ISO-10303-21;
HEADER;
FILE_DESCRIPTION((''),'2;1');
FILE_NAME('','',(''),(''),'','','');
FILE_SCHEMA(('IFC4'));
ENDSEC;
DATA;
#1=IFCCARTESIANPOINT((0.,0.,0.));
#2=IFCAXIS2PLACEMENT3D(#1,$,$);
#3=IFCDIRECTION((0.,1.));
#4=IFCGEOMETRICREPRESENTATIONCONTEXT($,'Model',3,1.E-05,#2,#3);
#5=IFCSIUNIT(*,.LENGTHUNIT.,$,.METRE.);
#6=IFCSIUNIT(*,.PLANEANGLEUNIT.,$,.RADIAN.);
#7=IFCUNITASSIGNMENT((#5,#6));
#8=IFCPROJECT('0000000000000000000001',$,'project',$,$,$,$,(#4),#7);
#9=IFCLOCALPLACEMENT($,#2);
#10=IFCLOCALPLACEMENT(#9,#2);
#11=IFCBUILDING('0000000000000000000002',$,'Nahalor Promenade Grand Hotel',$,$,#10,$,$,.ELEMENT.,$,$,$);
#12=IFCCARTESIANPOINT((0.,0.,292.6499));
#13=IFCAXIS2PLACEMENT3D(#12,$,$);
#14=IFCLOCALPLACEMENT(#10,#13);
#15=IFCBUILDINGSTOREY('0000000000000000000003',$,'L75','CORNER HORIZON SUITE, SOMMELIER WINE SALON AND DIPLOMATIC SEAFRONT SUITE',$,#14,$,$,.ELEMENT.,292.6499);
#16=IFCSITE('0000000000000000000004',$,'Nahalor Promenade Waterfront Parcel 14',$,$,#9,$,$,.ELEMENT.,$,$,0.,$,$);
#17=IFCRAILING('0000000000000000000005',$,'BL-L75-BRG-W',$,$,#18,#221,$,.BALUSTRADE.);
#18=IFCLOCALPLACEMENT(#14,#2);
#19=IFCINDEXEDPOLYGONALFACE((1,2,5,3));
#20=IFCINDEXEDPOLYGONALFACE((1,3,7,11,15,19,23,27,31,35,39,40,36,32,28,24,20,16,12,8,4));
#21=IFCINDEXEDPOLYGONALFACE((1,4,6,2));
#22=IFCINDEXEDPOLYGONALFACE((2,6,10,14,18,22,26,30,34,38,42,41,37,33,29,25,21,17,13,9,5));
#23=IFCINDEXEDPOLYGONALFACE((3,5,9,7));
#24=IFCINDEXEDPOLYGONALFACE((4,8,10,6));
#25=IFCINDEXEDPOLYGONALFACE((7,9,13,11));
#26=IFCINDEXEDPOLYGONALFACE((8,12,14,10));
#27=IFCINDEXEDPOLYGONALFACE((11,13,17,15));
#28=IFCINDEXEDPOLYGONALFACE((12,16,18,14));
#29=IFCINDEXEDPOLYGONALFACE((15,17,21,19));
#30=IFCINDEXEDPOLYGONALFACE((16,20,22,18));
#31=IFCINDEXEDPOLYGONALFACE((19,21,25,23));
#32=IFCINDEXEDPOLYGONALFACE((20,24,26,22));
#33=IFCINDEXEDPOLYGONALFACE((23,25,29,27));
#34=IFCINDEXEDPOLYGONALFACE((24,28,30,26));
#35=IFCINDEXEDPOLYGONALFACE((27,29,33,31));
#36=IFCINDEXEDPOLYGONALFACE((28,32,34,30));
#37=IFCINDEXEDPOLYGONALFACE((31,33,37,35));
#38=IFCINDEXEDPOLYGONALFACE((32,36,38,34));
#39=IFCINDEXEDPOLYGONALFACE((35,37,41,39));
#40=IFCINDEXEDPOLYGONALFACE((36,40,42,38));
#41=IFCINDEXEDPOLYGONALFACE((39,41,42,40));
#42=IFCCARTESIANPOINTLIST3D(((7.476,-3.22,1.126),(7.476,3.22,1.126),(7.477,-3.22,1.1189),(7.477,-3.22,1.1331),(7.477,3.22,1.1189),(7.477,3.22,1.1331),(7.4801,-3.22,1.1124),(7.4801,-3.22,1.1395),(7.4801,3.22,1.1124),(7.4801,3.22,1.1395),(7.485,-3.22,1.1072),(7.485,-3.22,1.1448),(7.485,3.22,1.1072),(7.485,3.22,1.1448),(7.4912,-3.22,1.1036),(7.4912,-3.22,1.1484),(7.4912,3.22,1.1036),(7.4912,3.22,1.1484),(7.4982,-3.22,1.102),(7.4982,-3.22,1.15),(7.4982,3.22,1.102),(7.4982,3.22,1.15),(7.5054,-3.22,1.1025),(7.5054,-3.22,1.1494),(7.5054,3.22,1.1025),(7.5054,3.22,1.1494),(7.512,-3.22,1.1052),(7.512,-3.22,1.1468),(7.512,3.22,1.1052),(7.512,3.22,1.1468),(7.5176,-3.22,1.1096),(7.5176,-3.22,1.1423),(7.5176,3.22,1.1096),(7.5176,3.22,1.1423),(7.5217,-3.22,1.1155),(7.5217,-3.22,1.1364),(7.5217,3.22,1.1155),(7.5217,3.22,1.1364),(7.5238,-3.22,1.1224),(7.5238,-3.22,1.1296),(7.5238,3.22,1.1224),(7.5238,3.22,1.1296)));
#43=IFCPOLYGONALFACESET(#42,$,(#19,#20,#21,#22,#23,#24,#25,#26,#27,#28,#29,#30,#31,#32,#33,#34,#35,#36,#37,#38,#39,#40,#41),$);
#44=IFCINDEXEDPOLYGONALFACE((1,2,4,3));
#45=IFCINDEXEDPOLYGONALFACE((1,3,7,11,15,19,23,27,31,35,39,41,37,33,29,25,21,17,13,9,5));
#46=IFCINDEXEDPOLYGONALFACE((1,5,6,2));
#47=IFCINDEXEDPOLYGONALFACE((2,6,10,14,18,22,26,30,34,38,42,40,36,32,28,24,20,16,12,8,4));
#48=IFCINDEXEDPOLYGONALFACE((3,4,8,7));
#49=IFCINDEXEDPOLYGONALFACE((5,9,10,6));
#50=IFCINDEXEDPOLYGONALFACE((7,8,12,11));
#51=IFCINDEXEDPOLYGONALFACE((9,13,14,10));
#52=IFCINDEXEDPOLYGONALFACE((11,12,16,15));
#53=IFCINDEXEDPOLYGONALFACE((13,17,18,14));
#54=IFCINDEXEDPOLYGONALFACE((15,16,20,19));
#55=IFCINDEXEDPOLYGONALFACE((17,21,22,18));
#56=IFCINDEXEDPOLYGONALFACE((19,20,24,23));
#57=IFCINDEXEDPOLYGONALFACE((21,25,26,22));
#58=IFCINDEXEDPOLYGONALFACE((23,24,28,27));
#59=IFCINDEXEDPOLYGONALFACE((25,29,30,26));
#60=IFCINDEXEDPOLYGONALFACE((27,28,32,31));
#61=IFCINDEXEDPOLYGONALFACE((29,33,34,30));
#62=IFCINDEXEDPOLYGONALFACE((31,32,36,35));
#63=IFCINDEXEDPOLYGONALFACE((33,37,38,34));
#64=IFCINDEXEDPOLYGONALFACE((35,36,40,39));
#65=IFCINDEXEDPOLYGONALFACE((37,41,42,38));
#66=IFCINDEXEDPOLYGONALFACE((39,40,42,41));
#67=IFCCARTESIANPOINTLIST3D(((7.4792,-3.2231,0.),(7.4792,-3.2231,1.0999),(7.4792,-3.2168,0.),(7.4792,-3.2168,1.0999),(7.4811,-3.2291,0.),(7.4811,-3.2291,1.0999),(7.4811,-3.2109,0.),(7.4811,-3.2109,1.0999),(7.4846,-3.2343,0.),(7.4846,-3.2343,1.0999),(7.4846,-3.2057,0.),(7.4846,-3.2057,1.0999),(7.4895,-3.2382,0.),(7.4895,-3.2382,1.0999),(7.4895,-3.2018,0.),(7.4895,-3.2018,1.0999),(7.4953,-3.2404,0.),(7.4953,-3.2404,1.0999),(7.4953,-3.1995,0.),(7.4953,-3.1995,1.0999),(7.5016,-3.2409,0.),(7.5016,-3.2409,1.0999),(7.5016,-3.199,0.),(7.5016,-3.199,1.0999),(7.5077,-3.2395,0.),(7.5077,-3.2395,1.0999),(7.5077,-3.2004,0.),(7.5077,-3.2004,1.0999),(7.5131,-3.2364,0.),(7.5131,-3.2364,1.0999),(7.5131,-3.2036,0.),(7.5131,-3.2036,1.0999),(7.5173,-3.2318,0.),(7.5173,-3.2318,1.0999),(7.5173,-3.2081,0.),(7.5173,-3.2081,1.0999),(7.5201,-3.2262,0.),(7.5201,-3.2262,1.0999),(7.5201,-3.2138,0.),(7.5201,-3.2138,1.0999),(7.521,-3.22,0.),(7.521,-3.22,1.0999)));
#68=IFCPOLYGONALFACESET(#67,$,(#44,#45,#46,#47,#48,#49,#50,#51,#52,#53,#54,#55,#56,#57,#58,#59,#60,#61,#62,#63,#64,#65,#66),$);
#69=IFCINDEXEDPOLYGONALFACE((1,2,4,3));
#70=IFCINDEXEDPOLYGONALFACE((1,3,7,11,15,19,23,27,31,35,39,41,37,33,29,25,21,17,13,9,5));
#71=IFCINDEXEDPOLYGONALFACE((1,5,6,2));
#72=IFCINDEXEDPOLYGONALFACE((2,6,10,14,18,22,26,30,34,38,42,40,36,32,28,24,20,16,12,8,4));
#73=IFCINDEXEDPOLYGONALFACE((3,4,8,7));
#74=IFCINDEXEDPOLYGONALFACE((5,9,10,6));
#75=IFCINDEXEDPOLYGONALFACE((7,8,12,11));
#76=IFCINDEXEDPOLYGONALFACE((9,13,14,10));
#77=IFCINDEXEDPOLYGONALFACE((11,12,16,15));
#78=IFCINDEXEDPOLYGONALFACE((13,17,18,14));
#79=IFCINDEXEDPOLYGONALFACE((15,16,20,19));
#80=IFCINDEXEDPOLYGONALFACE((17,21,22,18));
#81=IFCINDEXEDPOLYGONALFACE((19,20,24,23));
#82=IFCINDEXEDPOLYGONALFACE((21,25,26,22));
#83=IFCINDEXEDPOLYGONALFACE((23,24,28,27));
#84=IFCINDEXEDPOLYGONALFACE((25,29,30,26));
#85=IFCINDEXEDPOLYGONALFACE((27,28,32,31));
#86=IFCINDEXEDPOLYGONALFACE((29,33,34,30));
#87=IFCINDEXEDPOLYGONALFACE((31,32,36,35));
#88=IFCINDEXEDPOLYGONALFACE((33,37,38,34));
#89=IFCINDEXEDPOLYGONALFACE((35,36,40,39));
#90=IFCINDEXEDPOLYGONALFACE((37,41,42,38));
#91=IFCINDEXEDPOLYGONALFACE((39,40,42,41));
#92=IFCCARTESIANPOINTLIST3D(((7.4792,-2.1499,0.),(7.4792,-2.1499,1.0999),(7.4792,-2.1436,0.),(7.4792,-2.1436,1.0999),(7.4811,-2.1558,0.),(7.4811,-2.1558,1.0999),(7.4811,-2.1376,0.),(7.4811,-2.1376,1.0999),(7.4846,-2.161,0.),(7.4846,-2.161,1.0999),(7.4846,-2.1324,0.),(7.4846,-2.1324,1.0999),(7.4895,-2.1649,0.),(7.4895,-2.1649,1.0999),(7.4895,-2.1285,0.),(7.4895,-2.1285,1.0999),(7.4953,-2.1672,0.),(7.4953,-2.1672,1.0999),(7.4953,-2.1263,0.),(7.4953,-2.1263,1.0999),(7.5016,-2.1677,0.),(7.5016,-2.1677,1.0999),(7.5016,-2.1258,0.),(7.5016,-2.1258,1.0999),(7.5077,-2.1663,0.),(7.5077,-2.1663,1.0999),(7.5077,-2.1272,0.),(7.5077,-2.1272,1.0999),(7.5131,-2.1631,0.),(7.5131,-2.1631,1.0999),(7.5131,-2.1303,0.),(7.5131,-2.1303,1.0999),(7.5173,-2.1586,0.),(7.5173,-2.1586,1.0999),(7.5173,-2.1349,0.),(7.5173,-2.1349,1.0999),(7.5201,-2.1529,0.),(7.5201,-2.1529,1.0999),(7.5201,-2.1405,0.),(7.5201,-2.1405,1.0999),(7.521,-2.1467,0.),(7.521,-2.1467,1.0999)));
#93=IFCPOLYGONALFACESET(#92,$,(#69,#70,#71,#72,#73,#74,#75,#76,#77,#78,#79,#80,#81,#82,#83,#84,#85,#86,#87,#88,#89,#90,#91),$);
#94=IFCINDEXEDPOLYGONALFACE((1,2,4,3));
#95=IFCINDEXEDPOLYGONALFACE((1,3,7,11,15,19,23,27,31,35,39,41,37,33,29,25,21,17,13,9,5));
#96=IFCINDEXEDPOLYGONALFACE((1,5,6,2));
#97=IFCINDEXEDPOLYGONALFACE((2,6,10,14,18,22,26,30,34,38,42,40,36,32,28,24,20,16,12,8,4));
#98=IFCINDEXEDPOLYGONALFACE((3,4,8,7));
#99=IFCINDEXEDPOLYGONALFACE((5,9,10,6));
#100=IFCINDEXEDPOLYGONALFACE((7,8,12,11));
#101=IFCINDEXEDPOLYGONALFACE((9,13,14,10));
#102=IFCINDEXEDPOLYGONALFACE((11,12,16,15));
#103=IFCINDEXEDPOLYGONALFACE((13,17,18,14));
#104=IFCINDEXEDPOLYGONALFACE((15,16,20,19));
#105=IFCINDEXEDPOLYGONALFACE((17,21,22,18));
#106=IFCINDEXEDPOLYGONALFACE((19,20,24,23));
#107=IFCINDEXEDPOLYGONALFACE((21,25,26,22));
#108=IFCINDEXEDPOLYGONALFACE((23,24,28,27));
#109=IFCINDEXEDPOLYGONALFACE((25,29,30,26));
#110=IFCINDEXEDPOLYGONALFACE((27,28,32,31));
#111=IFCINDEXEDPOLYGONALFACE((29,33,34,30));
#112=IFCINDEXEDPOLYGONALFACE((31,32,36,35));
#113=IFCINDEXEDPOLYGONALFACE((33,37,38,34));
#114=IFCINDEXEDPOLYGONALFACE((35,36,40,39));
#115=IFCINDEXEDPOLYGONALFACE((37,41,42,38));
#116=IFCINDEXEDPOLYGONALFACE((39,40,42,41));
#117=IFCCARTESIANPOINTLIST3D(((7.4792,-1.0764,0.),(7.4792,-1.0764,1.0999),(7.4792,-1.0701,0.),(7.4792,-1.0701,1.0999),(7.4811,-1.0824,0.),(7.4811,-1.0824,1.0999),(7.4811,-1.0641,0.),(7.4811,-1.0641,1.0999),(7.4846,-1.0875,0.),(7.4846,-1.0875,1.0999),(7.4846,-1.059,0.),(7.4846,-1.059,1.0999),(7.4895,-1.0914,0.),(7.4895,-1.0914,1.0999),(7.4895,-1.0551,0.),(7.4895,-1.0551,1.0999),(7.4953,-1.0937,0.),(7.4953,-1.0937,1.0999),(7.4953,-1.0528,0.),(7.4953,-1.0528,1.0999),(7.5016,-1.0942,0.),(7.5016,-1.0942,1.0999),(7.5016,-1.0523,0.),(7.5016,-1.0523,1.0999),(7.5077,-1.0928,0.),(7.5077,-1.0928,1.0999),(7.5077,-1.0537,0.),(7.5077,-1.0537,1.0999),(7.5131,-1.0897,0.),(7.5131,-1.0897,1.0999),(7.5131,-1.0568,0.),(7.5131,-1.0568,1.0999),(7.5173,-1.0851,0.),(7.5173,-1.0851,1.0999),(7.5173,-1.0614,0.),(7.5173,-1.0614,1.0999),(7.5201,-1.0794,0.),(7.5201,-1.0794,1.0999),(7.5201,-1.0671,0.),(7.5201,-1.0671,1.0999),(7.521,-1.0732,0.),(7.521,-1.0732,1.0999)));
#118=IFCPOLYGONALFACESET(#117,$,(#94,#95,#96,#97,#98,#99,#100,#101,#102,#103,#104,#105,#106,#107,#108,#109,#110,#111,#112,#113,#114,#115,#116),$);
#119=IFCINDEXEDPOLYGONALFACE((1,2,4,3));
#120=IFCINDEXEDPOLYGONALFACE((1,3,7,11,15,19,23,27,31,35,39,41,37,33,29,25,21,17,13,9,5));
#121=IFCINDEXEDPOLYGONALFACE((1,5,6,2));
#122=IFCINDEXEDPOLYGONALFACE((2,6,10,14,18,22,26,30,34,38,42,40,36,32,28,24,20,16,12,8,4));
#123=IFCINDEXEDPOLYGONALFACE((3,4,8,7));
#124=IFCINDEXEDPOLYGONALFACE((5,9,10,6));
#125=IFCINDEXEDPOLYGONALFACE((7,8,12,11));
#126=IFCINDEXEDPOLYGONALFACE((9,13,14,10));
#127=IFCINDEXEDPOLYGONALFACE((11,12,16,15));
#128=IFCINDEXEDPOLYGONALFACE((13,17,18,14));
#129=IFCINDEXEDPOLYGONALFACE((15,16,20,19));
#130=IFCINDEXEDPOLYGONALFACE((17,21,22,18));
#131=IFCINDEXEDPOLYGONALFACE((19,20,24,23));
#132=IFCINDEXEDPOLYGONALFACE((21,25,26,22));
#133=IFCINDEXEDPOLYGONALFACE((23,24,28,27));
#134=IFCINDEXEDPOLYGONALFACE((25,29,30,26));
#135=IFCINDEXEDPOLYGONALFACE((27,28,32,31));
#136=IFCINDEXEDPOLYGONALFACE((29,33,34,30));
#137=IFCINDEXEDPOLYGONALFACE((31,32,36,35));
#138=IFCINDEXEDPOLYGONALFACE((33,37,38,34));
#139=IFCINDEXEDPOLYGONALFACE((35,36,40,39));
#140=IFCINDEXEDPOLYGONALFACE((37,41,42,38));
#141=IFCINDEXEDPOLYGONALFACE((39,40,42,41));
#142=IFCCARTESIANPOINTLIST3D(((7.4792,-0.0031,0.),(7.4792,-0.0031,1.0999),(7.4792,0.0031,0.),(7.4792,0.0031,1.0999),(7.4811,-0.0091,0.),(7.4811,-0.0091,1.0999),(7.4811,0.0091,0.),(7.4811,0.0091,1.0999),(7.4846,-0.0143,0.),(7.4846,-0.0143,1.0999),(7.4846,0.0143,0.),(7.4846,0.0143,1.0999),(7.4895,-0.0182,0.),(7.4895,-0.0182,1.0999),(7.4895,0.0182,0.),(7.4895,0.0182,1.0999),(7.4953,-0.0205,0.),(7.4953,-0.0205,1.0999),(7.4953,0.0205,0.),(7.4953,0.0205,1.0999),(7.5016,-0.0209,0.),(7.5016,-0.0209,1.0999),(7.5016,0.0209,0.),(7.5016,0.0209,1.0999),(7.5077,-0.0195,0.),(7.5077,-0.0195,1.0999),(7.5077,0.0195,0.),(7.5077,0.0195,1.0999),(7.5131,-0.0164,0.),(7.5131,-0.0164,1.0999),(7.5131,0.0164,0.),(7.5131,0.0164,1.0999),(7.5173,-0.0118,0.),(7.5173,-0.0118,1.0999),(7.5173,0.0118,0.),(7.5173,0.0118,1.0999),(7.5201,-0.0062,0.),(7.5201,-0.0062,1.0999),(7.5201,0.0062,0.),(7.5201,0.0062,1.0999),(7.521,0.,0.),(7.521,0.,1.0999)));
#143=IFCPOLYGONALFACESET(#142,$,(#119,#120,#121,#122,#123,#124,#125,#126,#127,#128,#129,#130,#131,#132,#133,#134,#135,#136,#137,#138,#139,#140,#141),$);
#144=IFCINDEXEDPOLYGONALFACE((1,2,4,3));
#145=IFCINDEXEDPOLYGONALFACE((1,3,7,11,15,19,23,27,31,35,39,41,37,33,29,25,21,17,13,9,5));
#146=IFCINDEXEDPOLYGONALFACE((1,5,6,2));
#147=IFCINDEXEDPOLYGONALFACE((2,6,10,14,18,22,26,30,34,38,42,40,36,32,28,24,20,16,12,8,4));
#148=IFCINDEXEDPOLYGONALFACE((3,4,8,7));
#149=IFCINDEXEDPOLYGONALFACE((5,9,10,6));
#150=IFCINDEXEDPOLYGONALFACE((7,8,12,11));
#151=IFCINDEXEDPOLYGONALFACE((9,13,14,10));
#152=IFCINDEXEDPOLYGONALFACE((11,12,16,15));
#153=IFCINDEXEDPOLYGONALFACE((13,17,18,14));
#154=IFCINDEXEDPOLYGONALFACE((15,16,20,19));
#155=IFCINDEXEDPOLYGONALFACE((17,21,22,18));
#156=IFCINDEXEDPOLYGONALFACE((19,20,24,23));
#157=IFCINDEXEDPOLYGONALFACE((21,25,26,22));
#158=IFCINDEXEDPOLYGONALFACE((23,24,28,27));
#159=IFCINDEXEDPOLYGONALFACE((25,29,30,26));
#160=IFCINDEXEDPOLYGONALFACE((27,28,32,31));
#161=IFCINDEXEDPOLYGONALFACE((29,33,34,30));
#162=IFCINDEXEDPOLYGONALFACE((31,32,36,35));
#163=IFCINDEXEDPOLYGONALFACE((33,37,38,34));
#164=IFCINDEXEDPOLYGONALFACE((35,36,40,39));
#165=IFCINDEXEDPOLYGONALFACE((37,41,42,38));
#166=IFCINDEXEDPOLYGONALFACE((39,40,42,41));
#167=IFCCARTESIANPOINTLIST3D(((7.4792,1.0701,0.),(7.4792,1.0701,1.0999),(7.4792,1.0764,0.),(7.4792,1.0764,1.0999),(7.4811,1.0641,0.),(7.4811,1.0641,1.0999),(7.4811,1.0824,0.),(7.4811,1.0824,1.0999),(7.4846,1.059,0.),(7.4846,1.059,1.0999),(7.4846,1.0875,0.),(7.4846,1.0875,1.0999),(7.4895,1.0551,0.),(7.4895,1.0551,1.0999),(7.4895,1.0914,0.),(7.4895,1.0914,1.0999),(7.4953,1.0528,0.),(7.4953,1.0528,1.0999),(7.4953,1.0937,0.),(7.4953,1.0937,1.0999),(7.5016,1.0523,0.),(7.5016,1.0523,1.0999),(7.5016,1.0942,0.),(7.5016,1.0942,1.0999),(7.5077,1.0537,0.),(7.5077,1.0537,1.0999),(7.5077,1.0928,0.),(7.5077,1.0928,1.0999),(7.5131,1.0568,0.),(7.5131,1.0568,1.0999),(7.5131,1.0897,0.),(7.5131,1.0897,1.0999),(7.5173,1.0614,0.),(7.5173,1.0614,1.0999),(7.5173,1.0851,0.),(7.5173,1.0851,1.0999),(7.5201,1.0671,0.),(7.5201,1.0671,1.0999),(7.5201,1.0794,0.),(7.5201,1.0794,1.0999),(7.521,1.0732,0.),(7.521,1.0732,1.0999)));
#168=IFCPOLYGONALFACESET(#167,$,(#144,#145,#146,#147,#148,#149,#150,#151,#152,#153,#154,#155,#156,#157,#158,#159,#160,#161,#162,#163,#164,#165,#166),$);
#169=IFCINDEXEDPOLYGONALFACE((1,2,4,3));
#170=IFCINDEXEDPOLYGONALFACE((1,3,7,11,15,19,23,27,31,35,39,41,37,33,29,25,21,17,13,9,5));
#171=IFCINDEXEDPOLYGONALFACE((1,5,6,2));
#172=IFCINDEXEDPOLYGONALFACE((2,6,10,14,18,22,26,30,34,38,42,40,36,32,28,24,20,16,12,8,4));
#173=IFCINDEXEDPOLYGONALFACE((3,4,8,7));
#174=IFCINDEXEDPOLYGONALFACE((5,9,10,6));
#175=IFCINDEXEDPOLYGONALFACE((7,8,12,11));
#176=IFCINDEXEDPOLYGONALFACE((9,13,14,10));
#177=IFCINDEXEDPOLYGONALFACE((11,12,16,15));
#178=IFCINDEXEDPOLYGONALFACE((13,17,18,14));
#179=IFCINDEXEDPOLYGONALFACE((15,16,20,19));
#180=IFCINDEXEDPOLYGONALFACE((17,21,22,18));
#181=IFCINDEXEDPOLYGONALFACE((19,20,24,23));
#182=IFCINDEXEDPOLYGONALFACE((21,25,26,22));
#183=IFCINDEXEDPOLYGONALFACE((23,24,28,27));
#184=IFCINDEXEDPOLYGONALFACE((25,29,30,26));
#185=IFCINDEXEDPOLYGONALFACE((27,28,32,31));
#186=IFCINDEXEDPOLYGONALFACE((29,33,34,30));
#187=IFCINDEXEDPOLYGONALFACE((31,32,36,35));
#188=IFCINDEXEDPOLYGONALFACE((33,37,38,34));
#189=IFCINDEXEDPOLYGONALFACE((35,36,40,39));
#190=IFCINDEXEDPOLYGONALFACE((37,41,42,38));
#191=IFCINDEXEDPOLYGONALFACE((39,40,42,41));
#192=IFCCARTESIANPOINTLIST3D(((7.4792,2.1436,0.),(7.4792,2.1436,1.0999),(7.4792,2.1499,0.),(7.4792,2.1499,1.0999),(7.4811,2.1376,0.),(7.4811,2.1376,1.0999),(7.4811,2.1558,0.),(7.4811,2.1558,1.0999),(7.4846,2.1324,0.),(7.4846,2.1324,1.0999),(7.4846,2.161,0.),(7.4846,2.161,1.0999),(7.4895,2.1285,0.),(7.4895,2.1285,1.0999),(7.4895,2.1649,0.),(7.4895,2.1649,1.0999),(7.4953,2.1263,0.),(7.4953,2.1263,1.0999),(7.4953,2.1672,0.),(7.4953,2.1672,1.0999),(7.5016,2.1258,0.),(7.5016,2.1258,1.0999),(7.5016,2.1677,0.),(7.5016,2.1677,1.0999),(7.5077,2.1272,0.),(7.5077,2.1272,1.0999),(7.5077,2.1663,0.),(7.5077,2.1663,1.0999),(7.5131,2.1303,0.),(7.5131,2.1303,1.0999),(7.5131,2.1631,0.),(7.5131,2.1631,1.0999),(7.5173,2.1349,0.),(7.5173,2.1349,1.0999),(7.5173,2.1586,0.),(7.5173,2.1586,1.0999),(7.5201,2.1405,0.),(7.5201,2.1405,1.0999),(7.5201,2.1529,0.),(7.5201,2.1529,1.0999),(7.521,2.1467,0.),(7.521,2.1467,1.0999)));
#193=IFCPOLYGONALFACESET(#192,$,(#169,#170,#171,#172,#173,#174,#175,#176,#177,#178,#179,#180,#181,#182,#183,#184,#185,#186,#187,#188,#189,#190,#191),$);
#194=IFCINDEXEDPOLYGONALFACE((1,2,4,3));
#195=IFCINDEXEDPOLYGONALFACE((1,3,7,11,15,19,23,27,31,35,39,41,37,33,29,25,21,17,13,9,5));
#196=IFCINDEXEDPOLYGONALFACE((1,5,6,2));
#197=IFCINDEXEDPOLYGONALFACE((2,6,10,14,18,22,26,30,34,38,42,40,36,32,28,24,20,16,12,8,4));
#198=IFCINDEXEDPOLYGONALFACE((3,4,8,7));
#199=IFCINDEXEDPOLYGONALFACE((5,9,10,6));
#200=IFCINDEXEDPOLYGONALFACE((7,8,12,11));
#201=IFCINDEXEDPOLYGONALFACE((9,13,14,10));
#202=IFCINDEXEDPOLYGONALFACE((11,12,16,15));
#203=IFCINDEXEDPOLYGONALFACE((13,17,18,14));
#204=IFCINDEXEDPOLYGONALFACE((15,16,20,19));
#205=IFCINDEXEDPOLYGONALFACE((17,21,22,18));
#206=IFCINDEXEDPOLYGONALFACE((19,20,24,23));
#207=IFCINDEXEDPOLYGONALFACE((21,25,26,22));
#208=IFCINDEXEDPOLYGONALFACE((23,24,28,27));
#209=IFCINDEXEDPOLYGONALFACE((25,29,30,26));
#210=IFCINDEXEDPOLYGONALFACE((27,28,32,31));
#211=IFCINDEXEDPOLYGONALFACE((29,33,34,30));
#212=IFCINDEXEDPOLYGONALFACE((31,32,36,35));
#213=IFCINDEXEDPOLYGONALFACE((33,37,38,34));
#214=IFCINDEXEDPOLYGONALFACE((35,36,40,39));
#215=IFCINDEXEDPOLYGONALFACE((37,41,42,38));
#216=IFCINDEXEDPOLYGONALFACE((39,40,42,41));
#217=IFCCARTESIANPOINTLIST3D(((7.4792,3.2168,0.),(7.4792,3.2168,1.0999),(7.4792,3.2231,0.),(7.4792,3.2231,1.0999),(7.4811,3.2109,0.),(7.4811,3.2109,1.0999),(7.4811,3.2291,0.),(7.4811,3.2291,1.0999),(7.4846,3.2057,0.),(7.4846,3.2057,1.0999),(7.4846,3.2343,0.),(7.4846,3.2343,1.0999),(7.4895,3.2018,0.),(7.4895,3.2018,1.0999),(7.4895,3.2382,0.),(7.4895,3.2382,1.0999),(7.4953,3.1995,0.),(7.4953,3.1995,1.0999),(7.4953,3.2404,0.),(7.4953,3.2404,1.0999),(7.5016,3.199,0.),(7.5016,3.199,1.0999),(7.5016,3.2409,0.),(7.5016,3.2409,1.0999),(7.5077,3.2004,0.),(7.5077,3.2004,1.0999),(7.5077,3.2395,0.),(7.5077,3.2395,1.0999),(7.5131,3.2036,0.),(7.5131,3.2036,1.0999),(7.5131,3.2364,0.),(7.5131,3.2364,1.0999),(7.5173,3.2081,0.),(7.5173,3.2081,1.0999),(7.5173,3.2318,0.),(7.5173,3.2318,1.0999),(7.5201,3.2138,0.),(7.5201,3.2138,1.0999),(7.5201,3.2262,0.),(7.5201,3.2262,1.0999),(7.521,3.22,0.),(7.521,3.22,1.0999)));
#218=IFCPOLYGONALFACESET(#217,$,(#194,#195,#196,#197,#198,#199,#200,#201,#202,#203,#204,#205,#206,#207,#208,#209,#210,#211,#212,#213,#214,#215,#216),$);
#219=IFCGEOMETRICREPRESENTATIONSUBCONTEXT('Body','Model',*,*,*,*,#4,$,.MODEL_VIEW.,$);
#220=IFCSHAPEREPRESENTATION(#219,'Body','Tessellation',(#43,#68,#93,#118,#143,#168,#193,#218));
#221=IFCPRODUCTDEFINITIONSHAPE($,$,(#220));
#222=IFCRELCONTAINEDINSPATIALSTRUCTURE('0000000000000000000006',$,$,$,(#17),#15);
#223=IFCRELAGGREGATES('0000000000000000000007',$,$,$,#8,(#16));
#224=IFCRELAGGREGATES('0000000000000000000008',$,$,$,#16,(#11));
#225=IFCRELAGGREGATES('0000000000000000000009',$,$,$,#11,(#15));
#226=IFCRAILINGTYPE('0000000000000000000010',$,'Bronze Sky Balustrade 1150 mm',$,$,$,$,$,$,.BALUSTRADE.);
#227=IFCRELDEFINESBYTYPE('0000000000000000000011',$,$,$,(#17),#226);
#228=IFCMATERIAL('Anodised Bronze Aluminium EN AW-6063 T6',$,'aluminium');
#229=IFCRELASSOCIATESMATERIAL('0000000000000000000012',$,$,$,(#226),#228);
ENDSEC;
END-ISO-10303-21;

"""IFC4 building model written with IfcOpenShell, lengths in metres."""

from ifc_helpers import new_model, si_unit, direction, frame, origin, origin_2d, place, context, subcontext, project, spatial, circle, extrude, material, type_object, element, save


model = new_model("IFC4")

# Units and contexts
model_context = context("Model", 3, precision=1e-05, world=origin(), true_north=direction((0.0, 1.0)))
body_context = subcontext(model_context, "Body", "Model", "MODEL_VIEW")
ifc_project = project(units=[si_unit("LENGTHUNIT", "METRE"), si_unit("PLANEANGLEUNIT", "RADIAN")], contexts=[model_context])

# Site, building, storey
site_placement = place(None, origin())
site = spatial("IfcSite", under=ifc_project, at=site_placement, Name="Nahalor Promenade Waterfront Parcel 14", CompositionType="ELEMENT", RefElevation=0.0)
building_placement = place(site_placement, origin())
building = spatial("IfcBuilding", under=site, at=building_placement, Name="Nahalor Promenade Grand Hotel", CompositionType="ELEMENT")
storey_placement = place(building_placement, frame((0.0, 0.0, 292.6499)))
storey = spatial("IfcBuildingStorey", under=building, at=storey_placement, Name="L75", Description="CORNER HORIZON SUITE, SOMMELIER WINE SALON AND DIPLOMATIC SEAFRONT SUITE", CompositionType="ELEMENT", Elevation=292.6499)

# Shared definitions
ifc_material_1 = material(Name="Anodised Bronze Aluminium EN AW-6063 T6", Category="aluminium")

# Railing
railing_type_1 = type_object("IfcRailingType", Name="Bronze Sky Balustrade 1150 mm", PredefinedType="BALUSTRADE", material=ifc_material_1)
railing_1_placement = place(storey_placement, frame((7.5, -3.22, 0.0)))
element("IfcRailing", 1, at=railing_1_placement, inside=storey, type_object=railing_type_1, Name="BL-L75-BRG-W", PredefinedType="BALUSTRADE", context=body_context, shape_type="SweptSolid", body=[
    extrude(circle(Radius=0.024, at=origin_2d()), frame((0.0, 0.0, 1.126), z_axis=(0.0, 1.0, 0.0), x_axis=(-1.0, 0.0, 0.0)), (0.0, 0.0, 1.0), 6.4399),
    extrude(circle(Radius=0.021, at=origin_2d()), origin(), (0.0, 0.0, 1.0), 1.0999),
    extrude(circle(Radius=0.021, at=origin_2d()), frame((0.0, 1.0732, 0.0)), (0.0, 0.0, 1.0), 1.0999),
    extrude(circle(Radius=0.021, at=origin_2d()), frame((0.0, 2.1467, 0.0)), (0.0, 0.0, 1.0), 1.0999),
    extrude(circle(Radius=0.021, at=origin_2d()), frame((0.0, 3.22, 0.0)), (0.0, 0.0, 1.0), 1.0999),
    extrude(circle(Radius=0.021, at=origin_2d()), frame((0.0, 4.2932, 0.0)), (0.0, 0.0, 1.0), 1.0999),
    extrude(circle(Radius=0.021, at=origin_2d()), frame((0.0, 5.3667, 0.0)), (0.0, 0.0, 1.0), 1.0999),
    extrude(circle(Radius=0.021, at=origin_2d()), frame((0.0, 6.4399, 0.0)), (0.0, 0.0, 1.0), 1.0999),
])

save(model, "model.ifc")
